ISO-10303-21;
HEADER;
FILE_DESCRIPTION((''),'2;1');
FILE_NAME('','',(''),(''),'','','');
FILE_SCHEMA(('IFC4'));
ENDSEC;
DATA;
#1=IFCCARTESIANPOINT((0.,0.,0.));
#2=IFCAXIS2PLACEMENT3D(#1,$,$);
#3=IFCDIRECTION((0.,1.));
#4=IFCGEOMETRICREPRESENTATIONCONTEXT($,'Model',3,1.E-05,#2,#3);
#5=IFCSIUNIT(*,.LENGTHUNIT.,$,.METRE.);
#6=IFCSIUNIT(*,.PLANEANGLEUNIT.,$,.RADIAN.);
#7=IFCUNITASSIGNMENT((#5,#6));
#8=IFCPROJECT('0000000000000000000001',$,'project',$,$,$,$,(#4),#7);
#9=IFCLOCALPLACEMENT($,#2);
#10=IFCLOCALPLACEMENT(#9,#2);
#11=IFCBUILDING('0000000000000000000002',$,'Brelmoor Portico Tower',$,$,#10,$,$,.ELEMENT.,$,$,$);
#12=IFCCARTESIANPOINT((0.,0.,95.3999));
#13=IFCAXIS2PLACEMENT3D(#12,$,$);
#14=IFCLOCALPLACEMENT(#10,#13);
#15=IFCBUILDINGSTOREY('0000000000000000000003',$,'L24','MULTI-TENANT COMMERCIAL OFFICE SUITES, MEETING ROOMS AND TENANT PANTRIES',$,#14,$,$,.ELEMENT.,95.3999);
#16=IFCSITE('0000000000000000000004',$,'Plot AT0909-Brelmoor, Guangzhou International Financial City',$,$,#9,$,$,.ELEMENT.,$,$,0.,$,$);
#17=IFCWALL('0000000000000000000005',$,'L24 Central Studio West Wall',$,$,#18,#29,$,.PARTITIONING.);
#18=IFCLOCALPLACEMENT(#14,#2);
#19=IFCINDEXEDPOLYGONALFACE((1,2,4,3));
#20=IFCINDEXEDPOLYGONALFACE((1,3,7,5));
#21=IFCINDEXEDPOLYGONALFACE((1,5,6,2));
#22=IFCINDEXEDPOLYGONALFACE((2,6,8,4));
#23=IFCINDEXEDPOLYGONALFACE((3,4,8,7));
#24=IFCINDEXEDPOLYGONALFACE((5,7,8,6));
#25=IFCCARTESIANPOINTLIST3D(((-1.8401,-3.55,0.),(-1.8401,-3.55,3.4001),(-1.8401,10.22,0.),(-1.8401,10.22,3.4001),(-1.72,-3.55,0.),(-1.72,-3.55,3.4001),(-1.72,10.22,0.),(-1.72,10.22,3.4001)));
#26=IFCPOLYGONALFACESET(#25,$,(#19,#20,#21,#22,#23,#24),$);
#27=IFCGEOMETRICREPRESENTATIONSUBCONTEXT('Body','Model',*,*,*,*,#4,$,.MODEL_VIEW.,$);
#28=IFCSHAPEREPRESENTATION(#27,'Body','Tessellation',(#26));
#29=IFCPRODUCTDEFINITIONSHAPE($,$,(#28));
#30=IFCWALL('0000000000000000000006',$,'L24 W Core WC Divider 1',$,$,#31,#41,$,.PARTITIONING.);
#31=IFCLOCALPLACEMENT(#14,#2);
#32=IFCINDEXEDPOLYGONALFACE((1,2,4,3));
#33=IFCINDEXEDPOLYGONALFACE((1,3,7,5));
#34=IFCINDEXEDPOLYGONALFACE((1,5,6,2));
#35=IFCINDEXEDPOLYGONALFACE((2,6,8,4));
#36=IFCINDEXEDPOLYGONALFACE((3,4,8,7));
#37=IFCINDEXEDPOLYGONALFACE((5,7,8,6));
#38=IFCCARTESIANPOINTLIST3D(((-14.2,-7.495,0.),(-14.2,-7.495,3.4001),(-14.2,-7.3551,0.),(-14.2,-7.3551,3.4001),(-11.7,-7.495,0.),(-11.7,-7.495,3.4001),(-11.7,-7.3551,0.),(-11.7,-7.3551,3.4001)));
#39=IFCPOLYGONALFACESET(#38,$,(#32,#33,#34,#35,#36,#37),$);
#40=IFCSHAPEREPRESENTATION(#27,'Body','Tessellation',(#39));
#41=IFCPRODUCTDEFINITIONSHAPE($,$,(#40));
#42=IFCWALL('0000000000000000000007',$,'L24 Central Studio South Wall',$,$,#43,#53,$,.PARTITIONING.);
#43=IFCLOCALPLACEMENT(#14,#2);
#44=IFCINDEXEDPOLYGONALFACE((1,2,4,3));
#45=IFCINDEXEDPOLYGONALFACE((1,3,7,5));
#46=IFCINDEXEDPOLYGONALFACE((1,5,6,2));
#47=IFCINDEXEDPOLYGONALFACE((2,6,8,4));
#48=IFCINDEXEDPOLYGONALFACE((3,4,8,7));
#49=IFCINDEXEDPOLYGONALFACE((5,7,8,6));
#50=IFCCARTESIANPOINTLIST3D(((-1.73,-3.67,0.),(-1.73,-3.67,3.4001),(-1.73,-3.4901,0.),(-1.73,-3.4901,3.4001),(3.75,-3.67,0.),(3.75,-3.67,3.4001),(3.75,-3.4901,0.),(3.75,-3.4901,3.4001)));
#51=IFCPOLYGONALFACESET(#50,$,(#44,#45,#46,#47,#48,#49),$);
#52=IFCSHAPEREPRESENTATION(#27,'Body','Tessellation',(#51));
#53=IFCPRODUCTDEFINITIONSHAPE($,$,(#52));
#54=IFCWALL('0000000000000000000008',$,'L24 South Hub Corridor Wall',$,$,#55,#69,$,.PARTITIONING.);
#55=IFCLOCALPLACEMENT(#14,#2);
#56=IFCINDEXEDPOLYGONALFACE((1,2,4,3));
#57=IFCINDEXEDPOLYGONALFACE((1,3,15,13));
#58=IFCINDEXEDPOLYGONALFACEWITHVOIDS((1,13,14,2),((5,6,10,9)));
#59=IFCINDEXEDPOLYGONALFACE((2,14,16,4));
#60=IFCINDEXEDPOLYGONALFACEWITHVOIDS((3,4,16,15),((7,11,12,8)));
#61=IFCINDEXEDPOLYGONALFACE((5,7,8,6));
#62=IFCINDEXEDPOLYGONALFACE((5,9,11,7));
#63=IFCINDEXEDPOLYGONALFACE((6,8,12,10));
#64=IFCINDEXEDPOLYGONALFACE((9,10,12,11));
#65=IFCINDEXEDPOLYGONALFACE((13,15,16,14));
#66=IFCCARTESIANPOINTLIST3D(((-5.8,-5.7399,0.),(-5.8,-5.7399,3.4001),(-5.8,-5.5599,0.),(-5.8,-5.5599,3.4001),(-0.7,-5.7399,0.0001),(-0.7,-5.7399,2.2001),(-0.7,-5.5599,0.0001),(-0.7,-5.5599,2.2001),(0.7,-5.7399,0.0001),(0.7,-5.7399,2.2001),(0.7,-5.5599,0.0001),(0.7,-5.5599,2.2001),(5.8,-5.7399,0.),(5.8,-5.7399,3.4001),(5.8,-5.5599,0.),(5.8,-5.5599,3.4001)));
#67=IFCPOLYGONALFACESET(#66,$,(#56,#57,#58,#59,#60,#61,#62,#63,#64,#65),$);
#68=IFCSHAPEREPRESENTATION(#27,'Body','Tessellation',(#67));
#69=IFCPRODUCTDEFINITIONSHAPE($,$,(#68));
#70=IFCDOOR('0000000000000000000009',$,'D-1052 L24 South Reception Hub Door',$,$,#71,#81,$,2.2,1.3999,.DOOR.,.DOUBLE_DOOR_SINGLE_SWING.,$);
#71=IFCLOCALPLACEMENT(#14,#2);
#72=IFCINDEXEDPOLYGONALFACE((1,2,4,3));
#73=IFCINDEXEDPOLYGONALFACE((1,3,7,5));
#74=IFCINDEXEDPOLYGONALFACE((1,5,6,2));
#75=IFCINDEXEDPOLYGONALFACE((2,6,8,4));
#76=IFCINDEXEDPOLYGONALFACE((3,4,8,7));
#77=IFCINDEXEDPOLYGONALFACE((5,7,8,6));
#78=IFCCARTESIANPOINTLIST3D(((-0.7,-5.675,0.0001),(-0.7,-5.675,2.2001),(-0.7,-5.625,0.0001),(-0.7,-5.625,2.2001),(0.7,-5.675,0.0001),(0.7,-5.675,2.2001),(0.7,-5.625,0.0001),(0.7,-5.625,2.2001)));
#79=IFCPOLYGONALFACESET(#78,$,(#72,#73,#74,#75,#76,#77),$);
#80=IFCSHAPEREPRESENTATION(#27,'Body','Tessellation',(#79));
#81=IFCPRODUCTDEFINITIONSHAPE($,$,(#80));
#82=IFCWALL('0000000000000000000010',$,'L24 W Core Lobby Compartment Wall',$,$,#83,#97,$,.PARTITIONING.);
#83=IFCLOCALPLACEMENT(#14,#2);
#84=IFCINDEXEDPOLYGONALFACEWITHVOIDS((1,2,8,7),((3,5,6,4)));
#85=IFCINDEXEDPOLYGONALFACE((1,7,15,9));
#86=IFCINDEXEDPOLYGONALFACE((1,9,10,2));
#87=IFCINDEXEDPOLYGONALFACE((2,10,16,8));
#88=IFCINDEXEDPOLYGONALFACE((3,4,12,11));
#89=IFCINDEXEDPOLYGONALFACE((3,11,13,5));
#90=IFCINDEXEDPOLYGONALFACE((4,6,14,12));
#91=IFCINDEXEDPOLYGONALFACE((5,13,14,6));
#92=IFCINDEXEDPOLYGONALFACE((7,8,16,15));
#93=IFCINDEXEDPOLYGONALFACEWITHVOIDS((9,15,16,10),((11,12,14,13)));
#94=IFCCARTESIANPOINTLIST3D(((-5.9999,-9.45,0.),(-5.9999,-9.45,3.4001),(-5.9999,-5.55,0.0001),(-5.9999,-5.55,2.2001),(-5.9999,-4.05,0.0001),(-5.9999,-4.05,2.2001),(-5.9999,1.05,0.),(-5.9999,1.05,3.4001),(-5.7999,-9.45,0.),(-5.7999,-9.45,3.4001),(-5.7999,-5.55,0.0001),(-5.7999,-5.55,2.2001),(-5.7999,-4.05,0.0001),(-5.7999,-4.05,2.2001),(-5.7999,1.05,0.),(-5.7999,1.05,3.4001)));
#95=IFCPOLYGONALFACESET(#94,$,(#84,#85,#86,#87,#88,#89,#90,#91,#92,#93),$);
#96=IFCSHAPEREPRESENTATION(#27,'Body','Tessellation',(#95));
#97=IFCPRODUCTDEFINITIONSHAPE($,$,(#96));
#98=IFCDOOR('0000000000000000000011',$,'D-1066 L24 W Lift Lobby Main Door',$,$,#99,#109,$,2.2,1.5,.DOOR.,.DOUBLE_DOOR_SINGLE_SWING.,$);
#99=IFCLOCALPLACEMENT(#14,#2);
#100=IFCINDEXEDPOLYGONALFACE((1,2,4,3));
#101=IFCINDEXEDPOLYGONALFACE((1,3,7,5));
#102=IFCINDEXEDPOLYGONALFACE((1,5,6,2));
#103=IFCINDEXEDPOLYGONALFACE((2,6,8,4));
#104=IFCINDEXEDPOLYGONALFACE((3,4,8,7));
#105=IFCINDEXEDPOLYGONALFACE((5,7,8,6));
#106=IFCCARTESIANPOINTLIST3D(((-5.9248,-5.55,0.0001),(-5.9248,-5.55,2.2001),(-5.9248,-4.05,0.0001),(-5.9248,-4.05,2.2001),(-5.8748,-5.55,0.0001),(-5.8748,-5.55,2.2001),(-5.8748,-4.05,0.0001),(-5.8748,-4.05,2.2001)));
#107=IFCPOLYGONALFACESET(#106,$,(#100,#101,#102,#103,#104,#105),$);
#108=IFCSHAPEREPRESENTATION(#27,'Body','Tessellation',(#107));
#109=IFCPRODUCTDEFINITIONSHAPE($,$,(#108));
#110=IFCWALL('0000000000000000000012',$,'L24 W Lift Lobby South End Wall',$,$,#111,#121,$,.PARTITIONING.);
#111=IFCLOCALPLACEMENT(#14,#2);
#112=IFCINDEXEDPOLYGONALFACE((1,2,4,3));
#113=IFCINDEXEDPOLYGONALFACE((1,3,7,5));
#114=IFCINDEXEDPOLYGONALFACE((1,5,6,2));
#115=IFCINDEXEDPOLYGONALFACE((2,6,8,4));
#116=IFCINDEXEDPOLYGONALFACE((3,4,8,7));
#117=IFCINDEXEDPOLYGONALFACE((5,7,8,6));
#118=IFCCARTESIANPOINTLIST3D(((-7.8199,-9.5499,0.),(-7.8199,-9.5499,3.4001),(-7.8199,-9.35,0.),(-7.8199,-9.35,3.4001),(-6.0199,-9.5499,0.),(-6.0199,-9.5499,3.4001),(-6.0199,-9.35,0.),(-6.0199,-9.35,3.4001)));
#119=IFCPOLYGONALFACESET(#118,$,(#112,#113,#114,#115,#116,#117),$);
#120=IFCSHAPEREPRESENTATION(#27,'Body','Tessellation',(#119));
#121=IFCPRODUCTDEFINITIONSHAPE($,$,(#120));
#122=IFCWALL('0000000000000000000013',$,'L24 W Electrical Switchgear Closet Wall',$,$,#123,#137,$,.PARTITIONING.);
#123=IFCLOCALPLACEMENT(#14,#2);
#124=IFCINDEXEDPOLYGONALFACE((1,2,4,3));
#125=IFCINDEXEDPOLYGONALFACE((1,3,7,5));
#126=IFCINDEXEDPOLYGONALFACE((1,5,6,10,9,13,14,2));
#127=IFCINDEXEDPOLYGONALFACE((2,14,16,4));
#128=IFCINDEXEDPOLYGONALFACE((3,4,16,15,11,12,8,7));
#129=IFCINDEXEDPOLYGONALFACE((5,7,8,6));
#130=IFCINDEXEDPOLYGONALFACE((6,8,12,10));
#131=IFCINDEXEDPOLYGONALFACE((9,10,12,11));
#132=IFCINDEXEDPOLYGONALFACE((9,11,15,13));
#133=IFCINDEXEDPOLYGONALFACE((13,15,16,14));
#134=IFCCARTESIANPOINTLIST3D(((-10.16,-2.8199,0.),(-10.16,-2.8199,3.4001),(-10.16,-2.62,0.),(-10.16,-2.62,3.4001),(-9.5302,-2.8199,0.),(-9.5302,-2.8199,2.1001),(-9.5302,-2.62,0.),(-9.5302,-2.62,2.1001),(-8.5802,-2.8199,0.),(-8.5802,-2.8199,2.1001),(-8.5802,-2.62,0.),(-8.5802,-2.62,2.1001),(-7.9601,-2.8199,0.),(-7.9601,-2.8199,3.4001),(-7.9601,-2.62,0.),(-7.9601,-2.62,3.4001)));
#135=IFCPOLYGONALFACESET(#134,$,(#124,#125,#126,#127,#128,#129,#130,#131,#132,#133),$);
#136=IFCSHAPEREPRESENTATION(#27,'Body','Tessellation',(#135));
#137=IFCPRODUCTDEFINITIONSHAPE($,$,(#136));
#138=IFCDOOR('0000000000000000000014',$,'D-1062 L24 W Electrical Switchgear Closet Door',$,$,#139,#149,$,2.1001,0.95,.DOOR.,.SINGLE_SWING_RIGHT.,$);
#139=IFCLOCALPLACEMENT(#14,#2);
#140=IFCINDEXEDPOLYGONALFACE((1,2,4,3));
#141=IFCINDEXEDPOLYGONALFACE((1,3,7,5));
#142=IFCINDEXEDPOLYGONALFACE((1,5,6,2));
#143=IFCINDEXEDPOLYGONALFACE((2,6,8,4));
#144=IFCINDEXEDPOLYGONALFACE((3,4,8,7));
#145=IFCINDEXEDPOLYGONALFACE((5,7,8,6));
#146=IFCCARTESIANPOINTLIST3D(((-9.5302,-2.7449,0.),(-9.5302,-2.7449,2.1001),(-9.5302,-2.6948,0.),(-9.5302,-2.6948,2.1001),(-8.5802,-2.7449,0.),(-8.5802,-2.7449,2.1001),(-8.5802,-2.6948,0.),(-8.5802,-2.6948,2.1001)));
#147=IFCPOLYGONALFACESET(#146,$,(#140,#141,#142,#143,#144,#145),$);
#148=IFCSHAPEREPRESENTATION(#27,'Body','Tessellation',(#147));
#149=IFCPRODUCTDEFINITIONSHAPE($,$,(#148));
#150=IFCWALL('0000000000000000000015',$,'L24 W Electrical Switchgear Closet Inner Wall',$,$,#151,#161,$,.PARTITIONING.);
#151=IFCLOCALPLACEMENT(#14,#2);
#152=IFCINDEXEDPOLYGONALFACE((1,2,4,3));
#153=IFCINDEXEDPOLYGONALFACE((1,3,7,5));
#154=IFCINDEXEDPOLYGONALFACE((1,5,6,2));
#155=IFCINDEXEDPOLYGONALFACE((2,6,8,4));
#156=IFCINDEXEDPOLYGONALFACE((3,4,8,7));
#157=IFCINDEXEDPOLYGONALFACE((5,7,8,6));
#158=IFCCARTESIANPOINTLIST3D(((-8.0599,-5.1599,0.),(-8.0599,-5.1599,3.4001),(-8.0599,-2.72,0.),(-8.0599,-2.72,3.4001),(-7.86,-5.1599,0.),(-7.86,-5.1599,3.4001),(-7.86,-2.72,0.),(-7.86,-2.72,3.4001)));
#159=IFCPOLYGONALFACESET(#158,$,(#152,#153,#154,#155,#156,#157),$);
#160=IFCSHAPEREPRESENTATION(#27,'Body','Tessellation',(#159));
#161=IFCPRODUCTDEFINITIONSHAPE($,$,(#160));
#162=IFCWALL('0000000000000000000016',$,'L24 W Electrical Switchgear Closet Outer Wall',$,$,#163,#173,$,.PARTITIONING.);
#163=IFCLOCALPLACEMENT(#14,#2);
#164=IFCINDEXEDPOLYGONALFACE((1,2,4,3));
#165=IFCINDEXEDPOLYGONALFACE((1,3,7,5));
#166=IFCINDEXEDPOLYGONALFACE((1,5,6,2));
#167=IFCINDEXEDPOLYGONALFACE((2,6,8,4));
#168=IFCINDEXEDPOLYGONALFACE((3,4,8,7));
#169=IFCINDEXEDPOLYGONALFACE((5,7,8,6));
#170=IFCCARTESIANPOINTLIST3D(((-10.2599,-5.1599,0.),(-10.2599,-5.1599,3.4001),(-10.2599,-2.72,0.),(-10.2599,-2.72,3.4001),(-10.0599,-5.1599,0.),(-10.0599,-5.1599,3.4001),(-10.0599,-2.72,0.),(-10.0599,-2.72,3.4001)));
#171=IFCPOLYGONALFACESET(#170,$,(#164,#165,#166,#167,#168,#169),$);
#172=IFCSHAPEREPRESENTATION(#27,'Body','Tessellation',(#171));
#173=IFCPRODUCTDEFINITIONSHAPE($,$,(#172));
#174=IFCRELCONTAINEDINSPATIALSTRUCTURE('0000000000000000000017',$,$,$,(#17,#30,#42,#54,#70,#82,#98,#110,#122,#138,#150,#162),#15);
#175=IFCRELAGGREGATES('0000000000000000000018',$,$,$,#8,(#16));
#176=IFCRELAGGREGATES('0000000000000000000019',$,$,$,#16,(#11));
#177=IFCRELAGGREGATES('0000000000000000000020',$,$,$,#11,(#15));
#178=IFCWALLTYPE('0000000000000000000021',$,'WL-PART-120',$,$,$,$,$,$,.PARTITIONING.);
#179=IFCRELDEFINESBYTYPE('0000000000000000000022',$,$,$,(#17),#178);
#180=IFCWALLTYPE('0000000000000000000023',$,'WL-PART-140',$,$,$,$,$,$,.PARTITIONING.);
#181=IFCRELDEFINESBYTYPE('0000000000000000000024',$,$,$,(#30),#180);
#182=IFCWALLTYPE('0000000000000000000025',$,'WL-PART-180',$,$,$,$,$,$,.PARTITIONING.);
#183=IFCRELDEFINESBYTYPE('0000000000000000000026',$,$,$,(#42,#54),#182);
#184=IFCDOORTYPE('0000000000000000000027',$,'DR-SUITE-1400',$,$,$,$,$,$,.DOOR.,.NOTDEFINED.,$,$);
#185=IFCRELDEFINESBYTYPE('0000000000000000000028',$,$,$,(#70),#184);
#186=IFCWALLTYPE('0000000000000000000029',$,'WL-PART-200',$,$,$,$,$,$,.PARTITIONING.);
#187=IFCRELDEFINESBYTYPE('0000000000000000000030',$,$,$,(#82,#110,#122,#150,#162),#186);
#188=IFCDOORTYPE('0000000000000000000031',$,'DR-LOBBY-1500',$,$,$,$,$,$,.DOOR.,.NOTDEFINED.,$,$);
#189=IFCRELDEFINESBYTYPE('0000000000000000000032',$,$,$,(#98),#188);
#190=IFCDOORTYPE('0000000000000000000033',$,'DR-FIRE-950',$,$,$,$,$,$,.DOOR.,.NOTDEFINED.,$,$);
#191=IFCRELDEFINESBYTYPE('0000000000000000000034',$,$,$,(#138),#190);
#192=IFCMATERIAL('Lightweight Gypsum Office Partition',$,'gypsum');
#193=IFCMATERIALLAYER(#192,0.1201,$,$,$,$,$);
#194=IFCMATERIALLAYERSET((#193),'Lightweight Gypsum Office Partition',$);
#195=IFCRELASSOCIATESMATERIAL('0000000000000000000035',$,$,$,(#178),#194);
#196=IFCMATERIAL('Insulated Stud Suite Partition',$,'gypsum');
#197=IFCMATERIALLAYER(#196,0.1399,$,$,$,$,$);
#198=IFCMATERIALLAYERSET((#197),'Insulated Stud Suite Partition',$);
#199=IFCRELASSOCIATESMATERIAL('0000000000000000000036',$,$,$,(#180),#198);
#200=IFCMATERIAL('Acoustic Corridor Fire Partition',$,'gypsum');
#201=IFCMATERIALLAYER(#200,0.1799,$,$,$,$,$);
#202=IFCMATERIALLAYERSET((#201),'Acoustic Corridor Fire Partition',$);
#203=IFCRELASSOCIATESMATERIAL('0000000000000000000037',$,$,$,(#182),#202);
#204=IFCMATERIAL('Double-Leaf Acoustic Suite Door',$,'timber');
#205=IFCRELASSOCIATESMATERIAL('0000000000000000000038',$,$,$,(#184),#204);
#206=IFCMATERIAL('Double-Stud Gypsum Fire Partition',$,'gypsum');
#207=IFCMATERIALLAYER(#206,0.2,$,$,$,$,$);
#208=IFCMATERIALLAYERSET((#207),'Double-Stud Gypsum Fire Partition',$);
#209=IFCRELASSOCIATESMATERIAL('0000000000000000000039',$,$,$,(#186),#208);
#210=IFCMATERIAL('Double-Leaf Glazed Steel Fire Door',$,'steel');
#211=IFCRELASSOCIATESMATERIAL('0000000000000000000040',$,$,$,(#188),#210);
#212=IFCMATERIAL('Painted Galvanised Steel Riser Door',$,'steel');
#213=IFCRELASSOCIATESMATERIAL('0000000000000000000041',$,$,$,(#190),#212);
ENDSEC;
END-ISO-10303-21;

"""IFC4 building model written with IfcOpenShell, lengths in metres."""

from ifc_helpers import new_model, si_unit, direction, frame, frame_2d, origin, place, context, subcontext, project, spatial, rectangle, extrude, material, layer, layer_set, type_object, element, fill, save


model = new_model("IFC4")

# Units and contexts
model_context = context("Model", 3, precision=1e-05, world=origin(), true_north=direction((0.0, 1.0)))
body_context = subcontext(model_context, "Body", "Model", "MODEL_VIEW")
ifc_project = project(units=[si_unit("LENGTHUNIT", "METRE"), si_unit("PLANEANGLEUNIT", "RADIAN")], contexts=[model_context])

# Site, building, storey
site_placement = place(None, origin())
site = spatial("IfcSite", under=ifc_project, at=site_placement, Name="Plot AT0909-Brelmoor, Guangzhou International Financial City", CompositionType="ELEMENT", RefElevation=0.0)
building_placement = place(site_placement, origin())
building = spatial("IfcBuilding", under=site, at=building_placement, Name="Brelmoor Portico Tower", CompositionType="ELEMENT")
storey_placement = place(building_placement, frame((0.0, 0.0, 95.3999)))
storey = spatial("IfcBuildingStorey", under=building, at=storey_placement, Name="L24", Description="MULTI-TENANT COMMERCIAL OFFICE SUITES, MEETING ROOMS AND TENANT PANTRIES", CompositionType="ELEMENT", Elevation=95.3999)

# Walls
ifc_material_1 = material(Name="Lightweight Gypsum Office Partition", Category="gypsum")
ifc_layer_1 = layer(ifc_material_1, 0.1201)
ifc_layer_set_1 = layer_set([ifc_layer_1], Name="Lightweight Gypsum Office Partition")
wall_type_1 = type_object("IfcWallType", Name="WL-PART-120", PredefinedType="PARTITIONING", material=ifc_layer_set_1)
wall_1_placement = place(storey_placement, frame((-1.78, -3.55, 0.0), z_axis=(0.0, 0.0, 1.0), x_axis=(0.0, 1.0, 0.0)))
element("IfcWall", 1, at=wall_1_placement, inside=storey, type_object=wall_type_1, Name="L24 Central Studio West Wall", PredefinedType="PARTITIONING", context=body_context, shape_type="SweptSolid", body=[
    extrude(rectangle(XDim=13.77, YDim=0.1201, at=frame_2d((6.885, 0.0))), origin(), (0.0, 0.0, 1.0), 3.4001),
])
ifc_material_2 = material(Name="Insulated Stud Suite Partition", Category="gypsum")
ifc_layer_2 = layer(ifc_material_2, 0.1399)
ifc_layer_set_2 = layer_set([ifc_layer_2], Name="Insulated Stud Suite Partition")
wall_type_2 = type_object("IfcWallType", Name="WL-PART-140", PredefinedType="PARTITIONING", material=ifc_layer_set_2)
wall_2_placement = place(storey_placement, frame((-11.7, -7.425, 0.0), z_axis=(0.0, 0.0, 1.0), x_axis=(-1.0, 0.0, 0.0)))
element("IfcWall", 2, at=wall_2_placement, inside=storey, type_object=wall_type_2, Name="L24 W Core WC Divider 1", PredefinedType="PARTITIONING", context=body_context, shape_type="SweptSolid", body=[
    extrude(rectangle(XDim=2.5, YDim=0.1399, at=frame_2d((1.25, 0.0))), origin(), (0.0, 0.0, 1.0), 3.4001),
])

# Wall
ifc_material_3 = material(Name="Acoustic Corridor Fire Partition", Category="gypsum")
ifc_layer_3 = layer(ifc_material_3, 0.1799)
ifc_layer_set_3 = layer_set([ifc_layer_3], Name="Acoustic Corridor Fire Partition")
wall_type_3 = type_object("IfcWallType", Name="WL-PART-180", PredefinedType="PARTITIONING", material=ifc_layer_set_3)
wall_3_placement = place(storey_placement, frame((-1.73, -3.5801, 0.0), z_axis=(0.0, 0.0, 1.0), x_axis=(1.0, 0.0, 0.0)))
element("IfcWall", 3, at=wall_3_placement, inside=storey, type_object=wall_type_3, Name="L24 Central Studio South Wall", PredefinedType="PARTITIONING", context=body_context, shape_type="SweptSolid", body=[
    extrude(rectangle(XDim=5.48, YDim=0.1799, at=frame_2d((2.74, 0.0))), origin(), (0.0, 0.0, 1.0), 3.4001),
])

# Walls, openings, doors
wall_4_placement = place(storey_placement, frame((-5.8, -5.6499, 0.0), z_axis=(0.0, 0.0, 1.0), x_axis=(1.0, 0.0, 0.0)))
wall_4 = element("IfcWall", 4, at=wall_4_placement, inside=storey, type_object=wall_type_3, Name="L24 South Hub Corridor Wall", PredefinedType="PARTITIONING", context=body_context, shape_type="SweptSolid", body=[
    extrude(rectangle(XDim=11.6001, YDim=0.1799, at=frame_2d((5.8, 0.0))), origin(), (0.0, 0.0, 1.0), 3.4001),
])
opening_1_placement = place(wall_4_placement, frame((5.1001, 0.0, 0.0)))
opening_1 = element("IfcOpeningElement", 5, at=opening_1_placement, cuts=wall_4, PredefinedType="OPENING", context=body_context, shape_type="SweptSolid", body=[
    extrude(rectangle(XDim=1.3999, YDim=2.2, at=frame_2d((0.7, 1.1001))), frame((0.0, 0.0999, 0.0), z_axis=(0.0, -1.0, 0.0), x_axis=(1.0, 0.0, 0.0)), (0.0, 0.0, 1.0), 0.2),
])
ifc_material_4 = material(Name="Double-Leaf Acoustic Suite Door", Category="timber")
door_type_1 = type_object("IfcDoorType", Name="DR-SUITE-1400", OperationType="NOTDEFINED", PredefinedType="DOOR", material=ifc_material_4)
door_1_placement = place(opening_1_placement, origin())
door_1 = element("IfcDoor", 6, at=door_1_placement, inside=storey, type_object=door_type_1, Name="D-1052 L24 South Reception Hub Door", OperationType="DOUBLE_DOOR_SINGLE_SWING", OverallHeight=2.2, OverallWidth=1.3999, PredefinedType="DOOR", context=body_context, shape_type="SweptSolid", body=[
    extrude(rectangle(XDim=1.3999, YDim=2.2, at=frame_2d((0.7, 1.1001))), frame((0.0, 0.0249, 0.0), z_axis=(0.0, -1.0, 0.0), x_axis=(1.0, 0.0, 0.0)), (0.0, 0.0, 1.0), 0.05),
])
fill(opening_1, door_1)
ifc_material_5 = material(Name="Double-Stud Gypsum Fire Partition", Category="gypsum")
ifc_layer_4 = layer(ifc_material_5, 0.2)
ifc_layer_set_4 = layer_set([ifc_layer_4], Name="Double-Stud Gypsum Fire Partition")
wall_type_4 = type_object("IfcWallType", Name="WL-PART-200", PredefinedType="PARTITIONING", material=ifc_layer_set_4)
wall_5_placement = place(storey_placement, frame((-5.8999, -9.45, 0.0), z_axis=(0.0, 0.0, 1.0), x_axis=(0.0, 1.0, 0.0)))
wall_5 = element("IfcWall", 7, at=wall_5_placement, inside=storey, type_object=wall_type_4, Name="L24 W Core Lobby Compartment Wall", PredefinedType="PARTITIONING", context=body_context, shape_type="SweptSolid", body=[
    extrude(rectangle(XDim=10.5, YDim=0.2, at=frame_2d((5.25, 0.0))), origin(), (0.0, 0.0, 1.0), 3.4001),
])
opening_2_placement = place(wall_5_placement, frame((3.8999, 0.0, 0.0)))
opening_2 = element("IfcOpeningElement", 8, at=opening_2_placement, cuts=wall_5, PredefinedType="OPENING", context=body_context, shape_type="SweptSolid", body=[
    extrude(rectangle(XDim=1.5, YDim=2.2, at=frame_2d((0.75, 1.1001))), frame((0.0, 0.1099, 0.0), z_axis=(0.0, -1.0, 0.0), x_axis=(1.0, 0.0, 0.0)), (0.0, 0.0, 1.0), 0.22),
])
ifc_material_6 = material(Name="Double-Leaf Glazed Steel Fire Door", Category="steel")
door_type_2 = type_object("IfcDoorType", Name="DR-LOBBY-1500", OperationType="NOTDEFINED", PredefinedType="DOOR", material=ifc_material_6)
door_2_placement = place(opening_2_placement, origin())
door_2 = element("IfcDoor", 9, at=door_2_placement, inside=storey, type_object=door_type_2, Name="D-1066 L24 W Lift Lobby Main Door", OperationType="DOUBLE_DOOR_SINGLE_SWING", OverallHeight=2.2, OverallWidth=1.5, PredefinedType="DOOR", context=body_context, shape_type="SweptSolid", body=[
    extrude(rectangle(XDim=1.5, YDim=2.2, at=frame_2d((0.75, 1.1001))), frame((0.0, 0.0249, 0.0), z_axis=(0.0, -1.0, 0.0), x_axis=(1.0, 0.0, 0.0)), (0.0, 0.0, 1.0), 0.05),
])
fill(opening_2, door_2)

# Wall
wall_6_placement = place(storey_placement, frame((-6.02, -9.45, 0.0), z_axis=(0.0, 0.0, 1.0), x_axis=(-1.0, 0.0, 0.0)))
element("IfcWall", 10, at=wall_6_placement, inside=storey, type_object=wall_type_4, Name="L24 W Lift Lobby South End Wall", PredefinedType="PARTITIONING", context=body_context, shape_type="SweptSolid", body=[
    extrude(rectangle(XDim=1.8, YDim=0.2, at=frame_2d((0.8999, 0.0))), origin(), (0.0, 0.0, 1.0), 3.4001),
])

# Wall, opening, door
wall_7_placement = place(storey_placement, frame((-7.96, -2.72, 0.0), z_axis=(0.0, 0.0, 1.0), x_axis=(-1.0, 0.0, 0.0)))
wall_7 = element("IfcWall", 11, at=wall_7_placement, inside=storey, type_object=wall_type_4, Name="L24 W Electrical Switchgear Closet Wall", PredefinedType="PARTITIONING", context=body_context, shape_type="SweptSolid", body=[
    extrude(rectangle(XDim=2.2, YDim=0.2, at=frame_2d((1.1001, 0.0))), origin(), (0.0, 0.0, 1.0), 3.4001),
])
opening_3_placement = place(wall_7_placement, frame((0.6201, 0.0, 0.0)))
opening_3 = element("IfcOpeningElement", 12, at=opening_3_placement, cuts=wall_7, PredefinedType="OPENING", context=body_context, shape_type="SweptSolid", body=[
    extrude(rectangle(XDim=0.95, YDim=2.1001, at=frame_2d((0.4751, 1.05))), frame((0.0, 0.1099, 0.0), z_axis=(0.0, -1.0, 0.0), x_axis=(1.0, 0.0, 0.0)), (0.0, 0.0, 1.0), 0.22),
])
ifc_material_7 = material(Name="Painted Galvanised Steel Riser Door", Category="steel")
door_type_3 = type_object("IfcDoorType", Name="DR-FIRE-950", OperationType="NOTDEFINED", PredefinedType="DOOR", material=ifc_material_7)
door_3_placement = place(opening_3_placement, origin())
door_3 = element("IfcDoor", 13, at=door_3_placement, inside=storey, type_object=door_type_3, Name="D-1062 L24 W Electrical Switchgear Closet Door", OperationType="SINGLE_SWING_RIGHT", OverallHeight=2.1001, OverallWidth=0.95, PredefinedType="DOOR", context=body_context, shape_type="SweptSolid", body=[
    extrude(rectangle(XDim=0.95, YDim=2.1001, at=frame_2d((0.4751, 1.05))), frame((0.0, 0.0249, 0.0), z_axis=(0.0, -1.0, 0.0), x_axis=(1.0, 0.0, 0.0)), (0.0, 0.0, 1.0), 0.05),
])
fill(opening_3, door_3)

# Walls
for number, where, z_axis, x_axis, name in (
    (14, (-7.96, -5.1599, 0.0), (0.0, 0.0, 1.0), (0.0, 1.0, 0.0), "L24 W Electrical Switchgear Closet Inner Wall"),
    (15, (-10.1599, -5.1599, 0.0), (0.0, 0.0, 1.0), (0.0, 1.0, 0.0), "L24 W Electrical Switchgear Closet Outer Wall"),
):
    element("IfcWall", number, at=place(storey_placement, frame(where, z_axis=z_axis, x_axis=x_axis)), inside=storey, type_object=wall_type_4, Name=name, PredefinedType="PARTITIONING", context=body_context, shape_type="SweptSolid", body=[
        extrude(rectangle(XDim=2.4399, YDim=0.2, at=frame_2d((1.22, 0.0))), origin(), (0.0, 0.0, 1.0), 3.4001),
    ])

save(model, "model.ifc")
